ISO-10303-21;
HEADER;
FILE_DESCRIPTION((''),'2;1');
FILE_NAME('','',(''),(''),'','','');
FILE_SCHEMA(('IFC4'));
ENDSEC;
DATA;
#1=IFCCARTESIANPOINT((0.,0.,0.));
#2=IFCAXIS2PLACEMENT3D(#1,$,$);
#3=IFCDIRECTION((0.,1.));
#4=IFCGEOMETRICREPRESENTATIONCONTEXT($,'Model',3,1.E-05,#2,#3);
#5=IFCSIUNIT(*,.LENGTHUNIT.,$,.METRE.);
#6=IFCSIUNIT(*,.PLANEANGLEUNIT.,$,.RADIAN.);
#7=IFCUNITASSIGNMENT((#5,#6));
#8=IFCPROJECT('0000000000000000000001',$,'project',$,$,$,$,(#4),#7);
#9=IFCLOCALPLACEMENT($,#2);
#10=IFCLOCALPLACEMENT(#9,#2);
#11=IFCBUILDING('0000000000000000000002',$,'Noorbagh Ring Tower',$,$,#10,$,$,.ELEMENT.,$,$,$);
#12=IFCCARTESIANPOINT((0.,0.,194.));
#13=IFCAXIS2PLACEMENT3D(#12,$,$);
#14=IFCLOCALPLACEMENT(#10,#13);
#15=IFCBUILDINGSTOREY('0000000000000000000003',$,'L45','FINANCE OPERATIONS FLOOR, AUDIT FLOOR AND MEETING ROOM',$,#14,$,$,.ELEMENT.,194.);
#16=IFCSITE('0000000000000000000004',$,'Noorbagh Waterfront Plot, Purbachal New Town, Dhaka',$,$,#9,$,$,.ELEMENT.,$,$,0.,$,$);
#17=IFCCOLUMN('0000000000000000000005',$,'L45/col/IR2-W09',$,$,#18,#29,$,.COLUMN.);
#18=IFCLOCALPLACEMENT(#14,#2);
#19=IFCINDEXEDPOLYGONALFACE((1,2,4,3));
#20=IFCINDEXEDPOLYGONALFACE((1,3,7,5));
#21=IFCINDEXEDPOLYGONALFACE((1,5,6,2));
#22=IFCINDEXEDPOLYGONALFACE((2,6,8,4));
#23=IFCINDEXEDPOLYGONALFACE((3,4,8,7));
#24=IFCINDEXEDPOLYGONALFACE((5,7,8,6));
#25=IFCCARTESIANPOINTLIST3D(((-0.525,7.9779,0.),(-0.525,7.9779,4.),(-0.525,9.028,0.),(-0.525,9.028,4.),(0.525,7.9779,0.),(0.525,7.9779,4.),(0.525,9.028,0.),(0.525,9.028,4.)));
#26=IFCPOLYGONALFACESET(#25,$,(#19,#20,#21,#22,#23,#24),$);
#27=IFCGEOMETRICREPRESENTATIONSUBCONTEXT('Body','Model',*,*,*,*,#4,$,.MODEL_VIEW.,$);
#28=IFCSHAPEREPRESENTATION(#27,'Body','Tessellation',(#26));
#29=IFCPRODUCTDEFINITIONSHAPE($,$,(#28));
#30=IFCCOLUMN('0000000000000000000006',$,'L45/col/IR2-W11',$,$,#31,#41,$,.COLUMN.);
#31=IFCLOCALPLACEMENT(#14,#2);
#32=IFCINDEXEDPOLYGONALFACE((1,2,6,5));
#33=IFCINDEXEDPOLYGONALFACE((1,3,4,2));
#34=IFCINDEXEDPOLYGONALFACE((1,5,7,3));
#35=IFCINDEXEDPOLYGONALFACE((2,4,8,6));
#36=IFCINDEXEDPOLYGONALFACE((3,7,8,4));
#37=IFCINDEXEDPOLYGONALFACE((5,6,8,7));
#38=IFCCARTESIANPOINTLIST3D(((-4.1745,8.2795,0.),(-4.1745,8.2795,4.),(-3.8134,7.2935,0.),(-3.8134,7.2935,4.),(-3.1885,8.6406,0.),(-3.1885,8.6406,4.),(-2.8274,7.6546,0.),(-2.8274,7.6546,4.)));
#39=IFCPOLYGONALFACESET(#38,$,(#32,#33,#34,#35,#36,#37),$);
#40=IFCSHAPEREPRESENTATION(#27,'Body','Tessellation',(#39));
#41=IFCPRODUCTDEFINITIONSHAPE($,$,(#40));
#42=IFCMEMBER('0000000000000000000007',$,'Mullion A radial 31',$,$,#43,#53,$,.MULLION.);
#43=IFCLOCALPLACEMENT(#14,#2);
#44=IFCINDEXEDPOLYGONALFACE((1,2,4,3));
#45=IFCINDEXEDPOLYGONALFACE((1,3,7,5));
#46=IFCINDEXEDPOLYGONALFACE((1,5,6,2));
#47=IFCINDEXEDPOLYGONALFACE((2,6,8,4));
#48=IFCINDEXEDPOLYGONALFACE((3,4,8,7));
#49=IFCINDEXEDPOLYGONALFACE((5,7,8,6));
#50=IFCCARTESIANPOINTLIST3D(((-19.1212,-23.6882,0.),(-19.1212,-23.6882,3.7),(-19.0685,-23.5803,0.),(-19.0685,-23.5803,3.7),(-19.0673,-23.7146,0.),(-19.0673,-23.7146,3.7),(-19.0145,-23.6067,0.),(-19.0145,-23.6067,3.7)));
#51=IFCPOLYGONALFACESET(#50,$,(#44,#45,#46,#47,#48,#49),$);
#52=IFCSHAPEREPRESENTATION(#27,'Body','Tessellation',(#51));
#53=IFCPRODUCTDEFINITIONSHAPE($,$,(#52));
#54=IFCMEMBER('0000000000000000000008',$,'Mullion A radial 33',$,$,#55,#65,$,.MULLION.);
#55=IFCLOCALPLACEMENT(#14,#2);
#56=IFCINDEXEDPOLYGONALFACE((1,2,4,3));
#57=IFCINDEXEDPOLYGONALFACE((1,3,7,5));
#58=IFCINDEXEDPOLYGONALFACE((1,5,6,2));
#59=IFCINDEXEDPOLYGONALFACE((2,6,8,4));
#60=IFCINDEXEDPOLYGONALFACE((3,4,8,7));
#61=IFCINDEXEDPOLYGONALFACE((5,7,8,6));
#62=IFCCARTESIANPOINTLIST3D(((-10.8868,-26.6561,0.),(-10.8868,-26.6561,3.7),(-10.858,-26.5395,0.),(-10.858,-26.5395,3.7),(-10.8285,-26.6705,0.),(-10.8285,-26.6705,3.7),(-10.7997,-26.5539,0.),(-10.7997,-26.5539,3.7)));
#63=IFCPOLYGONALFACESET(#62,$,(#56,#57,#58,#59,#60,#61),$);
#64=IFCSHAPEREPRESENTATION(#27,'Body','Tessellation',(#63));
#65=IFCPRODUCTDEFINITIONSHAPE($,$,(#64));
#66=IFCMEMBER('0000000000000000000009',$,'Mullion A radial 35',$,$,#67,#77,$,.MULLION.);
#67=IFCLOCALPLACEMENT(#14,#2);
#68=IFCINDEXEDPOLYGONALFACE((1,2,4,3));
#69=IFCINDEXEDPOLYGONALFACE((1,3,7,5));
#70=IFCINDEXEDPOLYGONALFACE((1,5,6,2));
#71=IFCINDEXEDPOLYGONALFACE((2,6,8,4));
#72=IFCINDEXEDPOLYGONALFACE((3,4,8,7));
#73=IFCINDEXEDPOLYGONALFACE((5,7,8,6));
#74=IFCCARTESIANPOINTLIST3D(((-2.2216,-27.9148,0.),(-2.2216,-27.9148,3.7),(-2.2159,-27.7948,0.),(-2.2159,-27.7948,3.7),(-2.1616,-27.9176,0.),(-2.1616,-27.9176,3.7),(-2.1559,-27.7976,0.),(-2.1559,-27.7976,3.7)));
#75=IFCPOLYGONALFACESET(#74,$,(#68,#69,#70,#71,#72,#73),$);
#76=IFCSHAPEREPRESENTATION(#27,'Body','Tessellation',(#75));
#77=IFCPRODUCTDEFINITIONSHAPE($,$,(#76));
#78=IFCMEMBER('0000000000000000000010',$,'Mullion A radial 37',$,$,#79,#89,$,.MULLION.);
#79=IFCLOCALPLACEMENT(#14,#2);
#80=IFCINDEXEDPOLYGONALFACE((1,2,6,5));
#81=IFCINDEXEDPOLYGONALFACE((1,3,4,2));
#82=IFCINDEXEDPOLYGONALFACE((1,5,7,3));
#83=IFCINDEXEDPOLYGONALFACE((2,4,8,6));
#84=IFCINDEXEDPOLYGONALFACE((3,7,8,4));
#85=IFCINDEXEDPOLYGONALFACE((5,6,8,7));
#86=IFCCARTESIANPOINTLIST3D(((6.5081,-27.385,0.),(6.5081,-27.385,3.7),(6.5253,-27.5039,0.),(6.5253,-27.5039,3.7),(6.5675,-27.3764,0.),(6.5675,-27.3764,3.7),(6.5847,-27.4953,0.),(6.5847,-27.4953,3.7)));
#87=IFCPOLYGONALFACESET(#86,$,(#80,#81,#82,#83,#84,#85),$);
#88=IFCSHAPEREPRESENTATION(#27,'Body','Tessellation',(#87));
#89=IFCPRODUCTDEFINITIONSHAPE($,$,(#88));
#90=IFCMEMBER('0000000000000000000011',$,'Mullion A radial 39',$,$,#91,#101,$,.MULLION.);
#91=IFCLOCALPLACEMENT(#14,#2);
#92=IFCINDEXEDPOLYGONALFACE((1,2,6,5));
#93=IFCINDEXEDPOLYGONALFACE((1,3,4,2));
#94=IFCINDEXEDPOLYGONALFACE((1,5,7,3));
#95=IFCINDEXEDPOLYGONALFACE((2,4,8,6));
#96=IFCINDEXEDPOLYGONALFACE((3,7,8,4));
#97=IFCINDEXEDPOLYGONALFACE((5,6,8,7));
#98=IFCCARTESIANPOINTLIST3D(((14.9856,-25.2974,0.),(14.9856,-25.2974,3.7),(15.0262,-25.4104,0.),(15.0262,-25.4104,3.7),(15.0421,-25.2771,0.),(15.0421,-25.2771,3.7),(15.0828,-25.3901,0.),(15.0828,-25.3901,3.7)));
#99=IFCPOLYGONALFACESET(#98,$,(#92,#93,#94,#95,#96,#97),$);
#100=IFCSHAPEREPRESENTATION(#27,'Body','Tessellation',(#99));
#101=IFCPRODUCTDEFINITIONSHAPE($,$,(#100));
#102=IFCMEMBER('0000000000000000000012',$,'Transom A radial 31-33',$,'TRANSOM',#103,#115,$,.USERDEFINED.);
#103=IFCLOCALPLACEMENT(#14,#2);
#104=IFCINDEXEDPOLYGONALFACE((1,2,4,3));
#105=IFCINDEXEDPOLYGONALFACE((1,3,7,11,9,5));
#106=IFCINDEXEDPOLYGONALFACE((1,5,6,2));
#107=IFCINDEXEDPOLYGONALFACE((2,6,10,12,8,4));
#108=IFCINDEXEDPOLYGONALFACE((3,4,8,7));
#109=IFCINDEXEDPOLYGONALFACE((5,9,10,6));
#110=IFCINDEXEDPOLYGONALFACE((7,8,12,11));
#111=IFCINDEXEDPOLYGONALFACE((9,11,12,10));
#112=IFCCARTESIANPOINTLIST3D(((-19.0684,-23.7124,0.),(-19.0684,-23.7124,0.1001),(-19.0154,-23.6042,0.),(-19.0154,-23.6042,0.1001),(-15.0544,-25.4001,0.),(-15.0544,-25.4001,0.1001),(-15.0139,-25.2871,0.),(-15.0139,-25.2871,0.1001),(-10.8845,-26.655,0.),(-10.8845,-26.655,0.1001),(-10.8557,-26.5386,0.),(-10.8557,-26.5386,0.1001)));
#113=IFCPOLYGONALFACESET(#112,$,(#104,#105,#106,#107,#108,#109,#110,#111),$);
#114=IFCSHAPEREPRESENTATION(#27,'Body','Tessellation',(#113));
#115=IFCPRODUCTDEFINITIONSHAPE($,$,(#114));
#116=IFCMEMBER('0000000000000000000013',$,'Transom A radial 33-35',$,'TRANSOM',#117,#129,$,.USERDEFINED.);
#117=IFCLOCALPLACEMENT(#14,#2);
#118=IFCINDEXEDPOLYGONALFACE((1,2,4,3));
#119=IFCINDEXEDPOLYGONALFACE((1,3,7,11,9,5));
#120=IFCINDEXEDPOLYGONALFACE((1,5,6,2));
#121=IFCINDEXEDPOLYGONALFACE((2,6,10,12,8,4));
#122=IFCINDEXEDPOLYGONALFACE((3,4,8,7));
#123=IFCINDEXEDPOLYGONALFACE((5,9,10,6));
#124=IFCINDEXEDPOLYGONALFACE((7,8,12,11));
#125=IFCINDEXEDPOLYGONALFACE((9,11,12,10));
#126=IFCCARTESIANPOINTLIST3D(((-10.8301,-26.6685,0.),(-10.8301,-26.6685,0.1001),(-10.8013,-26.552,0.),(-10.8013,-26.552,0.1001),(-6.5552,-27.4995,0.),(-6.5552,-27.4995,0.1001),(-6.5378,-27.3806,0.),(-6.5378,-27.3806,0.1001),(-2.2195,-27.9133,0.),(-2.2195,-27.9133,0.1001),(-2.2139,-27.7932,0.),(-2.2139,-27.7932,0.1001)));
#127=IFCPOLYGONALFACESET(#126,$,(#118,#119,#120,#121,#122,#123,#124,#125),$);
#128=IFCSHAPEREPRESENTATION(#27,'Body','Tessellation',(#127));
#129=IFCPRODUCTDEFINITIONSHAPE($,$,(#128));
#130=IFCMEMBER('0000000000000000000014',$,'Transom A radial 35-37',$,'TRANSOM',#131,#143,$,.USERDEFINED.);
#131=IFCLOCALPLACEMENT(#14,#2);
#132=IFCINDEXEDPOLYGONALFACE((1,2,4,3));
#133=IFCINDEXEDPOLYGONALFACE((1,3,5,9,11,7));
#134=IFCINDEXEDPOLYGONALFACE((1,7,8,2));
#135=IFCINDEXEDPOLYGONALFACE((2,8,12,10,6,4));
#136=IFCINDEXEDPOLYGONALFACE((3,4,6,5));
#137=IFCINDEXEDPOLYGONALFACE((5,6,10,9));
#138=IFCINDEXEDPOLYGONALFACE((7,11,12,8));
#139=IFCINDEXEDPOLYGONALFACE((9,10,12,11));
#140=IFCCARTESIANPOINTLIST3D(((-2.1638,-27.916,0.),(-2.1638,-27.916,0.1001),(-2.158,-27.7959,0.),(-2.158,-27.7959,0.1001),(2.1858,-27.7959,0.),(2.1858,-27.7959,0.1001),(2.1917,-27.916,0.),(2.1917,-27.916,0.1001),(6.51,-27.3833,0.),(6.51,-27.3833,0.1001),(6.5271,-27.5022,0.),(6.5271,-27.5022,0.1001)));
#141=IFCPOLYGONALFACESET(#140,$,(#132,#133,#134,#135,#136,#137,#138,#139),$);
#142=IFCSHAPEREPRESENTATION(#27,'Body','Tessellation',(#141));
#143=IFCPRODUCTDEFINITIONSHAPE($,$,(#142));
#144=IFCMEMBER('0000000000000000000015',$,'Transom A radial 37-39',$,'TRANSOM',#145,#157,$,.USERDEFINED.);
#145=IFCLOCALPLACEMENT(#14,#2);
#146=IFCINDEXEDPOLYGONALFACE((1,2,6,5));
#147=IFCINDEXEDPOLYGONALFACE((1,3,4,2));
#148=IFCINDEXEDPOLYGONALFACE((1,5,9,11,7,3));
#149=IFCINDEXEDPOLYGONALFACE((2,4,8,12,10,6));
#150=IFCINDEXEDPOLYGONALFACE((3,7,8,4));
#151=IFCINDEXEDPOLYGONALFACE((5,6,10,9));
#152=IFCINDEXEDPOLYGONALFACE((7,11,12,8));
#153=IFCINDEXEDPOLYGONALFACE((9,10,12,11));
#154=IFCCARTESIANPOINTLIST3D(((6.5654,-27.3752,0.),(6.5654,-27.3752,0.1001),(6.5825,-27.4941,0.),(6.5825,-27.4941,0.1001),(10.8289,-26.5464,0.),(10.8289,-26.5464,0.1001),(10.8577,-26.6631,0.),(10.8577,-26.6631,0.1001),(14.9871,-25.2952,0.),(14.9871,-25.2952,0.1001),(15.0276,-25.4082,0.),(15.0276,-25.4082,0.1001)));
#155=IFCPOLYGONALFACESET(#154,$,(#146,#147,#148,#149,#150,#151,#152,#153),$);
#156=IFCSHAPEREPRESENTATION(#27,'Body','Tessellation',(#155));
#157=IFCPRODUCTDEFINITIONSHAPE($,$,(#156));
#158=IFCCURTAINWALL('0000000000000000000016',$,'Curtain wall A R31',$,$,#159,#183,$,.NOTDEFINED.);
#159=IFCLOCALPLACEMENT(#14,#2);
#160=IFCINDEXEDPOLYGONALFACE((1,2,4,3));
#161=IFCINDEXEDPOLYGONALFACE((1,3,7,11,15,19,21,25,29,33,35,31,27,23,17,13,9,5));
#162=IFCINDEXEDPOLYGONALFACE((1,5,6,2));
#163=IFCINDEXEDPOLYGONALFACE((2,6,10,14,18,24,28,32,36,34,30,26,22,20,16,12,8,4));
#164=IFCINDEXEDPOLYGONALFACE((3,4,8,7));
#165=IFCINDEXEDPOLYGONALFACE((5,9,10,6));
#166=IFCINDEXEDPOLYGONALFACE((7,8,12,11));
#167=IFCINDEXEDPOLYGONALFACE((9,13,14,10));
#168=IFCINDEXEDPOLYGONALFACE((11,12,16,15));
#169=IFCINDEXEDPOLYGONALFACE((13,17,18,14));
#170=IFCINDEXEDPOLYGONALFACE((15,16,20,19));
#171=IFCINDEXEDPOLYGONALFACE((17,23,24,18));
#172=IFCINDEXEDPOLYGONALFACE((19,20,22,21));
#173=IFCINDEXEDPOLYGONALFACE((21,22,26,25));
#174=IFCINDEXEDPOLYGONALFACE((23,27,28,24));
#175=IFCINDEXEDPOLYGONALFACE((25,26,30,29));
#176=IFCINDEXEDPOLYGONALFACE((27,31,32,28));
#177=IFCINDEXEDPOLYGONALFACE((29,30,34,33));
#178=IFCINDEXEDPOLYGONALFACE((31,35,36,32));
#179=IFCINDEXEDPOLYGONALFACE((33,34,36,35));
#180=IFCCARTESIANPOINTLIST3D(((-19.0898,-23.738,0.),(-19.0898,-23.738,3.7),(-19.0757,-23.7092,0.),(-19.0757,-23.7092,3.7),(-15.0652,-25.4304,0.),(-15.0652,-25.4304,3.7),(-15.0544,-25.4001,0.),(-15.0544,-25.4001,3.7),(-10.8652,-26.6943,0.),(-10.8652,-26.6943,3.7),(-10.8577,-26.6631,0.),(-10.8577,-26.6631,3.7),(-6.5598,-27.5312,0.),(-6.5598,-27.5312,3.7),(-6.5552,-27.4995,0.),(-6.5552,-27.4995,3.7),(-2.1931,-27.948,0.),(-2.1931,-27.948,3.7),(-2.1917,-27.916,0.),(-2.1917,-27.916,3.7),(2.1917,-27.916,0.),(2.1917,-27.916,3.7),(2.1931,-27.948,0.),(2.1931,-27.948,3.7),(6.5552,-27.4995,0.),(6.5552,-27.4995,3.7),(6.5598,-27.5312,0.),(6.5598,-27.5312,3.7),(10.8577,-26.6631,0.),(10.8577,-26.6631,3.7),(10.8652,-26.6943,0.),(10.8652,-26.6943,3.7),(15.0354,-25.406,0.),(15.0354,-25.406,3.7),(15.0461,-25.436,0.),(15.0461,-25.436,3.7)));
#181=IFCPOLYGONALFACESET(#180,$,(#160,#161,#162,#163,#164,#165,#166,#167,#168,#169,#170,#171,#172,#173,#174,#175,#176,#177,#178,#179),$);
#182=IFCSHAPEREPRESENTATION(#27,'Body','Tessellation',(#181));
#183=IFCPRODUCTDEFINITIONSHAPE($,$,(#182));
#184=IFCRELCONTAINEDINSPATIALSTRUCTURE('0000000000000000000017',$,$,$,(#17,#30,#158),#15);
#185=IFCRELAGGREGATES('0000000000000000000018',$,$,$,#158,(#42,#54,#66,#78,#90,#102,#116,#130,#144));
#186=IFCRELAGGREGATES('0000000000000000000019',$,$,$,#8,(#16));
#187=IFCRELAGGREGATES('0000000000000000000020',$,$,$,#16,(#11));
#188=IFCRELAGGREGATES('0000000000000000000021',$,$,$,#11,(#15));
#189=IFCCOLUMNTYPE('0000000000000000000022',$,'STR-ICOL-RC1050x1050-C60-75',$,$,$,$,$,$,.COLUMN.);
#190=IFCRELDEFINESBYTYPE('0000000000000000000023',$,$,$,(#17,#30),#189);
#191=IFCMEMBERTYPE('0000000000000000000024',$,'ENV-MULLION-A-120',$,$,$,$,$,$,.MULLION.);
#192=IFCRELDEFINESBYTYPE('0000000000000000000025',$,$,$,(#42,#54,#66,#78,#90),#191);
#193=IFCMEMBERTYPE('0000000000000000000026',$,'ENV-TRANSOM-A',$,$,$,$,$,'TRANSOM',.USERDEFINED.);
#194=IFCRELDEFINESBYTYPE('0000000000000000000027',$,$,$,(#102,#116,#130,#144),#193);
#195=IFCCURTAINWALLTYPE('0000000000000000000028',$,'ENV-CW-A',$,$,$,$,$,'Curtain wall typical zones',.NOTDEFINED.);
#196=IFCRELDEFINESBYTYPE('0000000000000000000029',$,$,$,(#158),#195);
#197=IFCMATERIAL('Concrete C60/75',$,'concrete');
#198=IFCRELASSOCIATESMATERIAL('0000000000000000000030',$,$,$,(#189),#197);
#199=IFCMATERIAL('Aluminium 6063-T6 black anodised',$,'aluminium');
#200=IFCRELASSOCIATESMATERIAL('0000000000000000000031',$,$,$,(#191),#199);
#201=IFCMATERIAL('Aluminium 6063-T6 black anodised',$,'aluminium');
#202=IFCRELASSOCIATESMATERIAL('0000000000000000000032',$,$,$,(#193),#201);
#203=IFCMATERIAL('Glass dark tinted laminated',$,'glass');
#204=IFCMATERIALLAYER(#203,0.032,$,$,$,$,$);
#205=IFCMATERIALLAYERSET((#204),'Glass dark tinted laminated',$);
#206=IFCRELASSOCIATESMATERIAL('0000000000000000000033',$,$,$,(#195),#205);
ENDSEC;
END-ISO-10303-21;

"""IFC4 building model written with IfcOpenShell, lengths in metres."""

from ifc_helpers import new_model, si_unit, direction, frame, origin, origin_2d, place, context, subcontext, project, spatial, polyline, rectangle, outline, extrude, material, layer, layer_set, material_profile, profile_set, type_object, element, aggregate, save


model = new_model("IFC4")

# Units and contexts
model_context = context("Model", 3, precision=1e-05, world=origin(), true_north=direction((0.0, 1.0)))
body_context = subcontext(model_context, "Body", "Model", "MODEL_VIEW")
ifc_project = project(units=[si_unit("LENGTHUNIT", "METRE"), si_unit("PLANEANGLEUNIT", "RADIAN")], contexts=[model_context])

# Site, building, storey
site_placement = place(None, origin())
site = spatial("IfcSite", under=ifc_project, at=site_placement, Name="Noorbagh Waterfront Plot, Purbachal New Town, Dhaka", CompositionType="ELEMENT", RefElevation=0.0)
building_placement = place(site_placement, origin())
building = spatial("IfcBuilding", under=site, at=building_placement, Name="Noorbagh Ring Tower", CompositionType="ELEMENT")
storey_placement = place(building_placement, frame((0.0, 0.0, 194.0)))
storey = spatial("IfcBuildingStorey", under=building, at=storey_placement, Name="L45", Description="FINANCE OPERATIONS FLOOR, AUDIT FLOOR AND MEETING ROOM", CompositionType="ELEMENT", Elevation=194.0)

# Columns
ifc_material_1 = material(Name="Concrete C60/75", Category="concrete")
ifc_material_profile_1 = material_profile(ifc_material_1, rectangle(XDim=1.05, YDim=1.05, at=origin_2d()), Name="RC1050x1050")
ifc_profile_set_1 = profile_set([ifc_material_profile_1], Name="Concrete C60/75")
column_type = type_object("IfcColumnType", Name="STR-ICOL-RC1050x1050-C60-75", PredefinedType="COLUMN", material=ifc_profile_set_1)
for number, where, z_axis, x_axis, name in (
    (1, (0.0, 8.5029, 0.0), (0.0, 0.0, 1.0), (-1.0, 0.0, 0.0), "L45/col/IR2-W09"),
    (2, (-3.501, 7.967, 0.0), (0.0, 0.0, 1.0), (-0.93902, -0.343864, 0.0), "L45/col/IR2-W11"),
):
    element("IfcColumn", number, at=place(storey_placement, frame(where, z_axis=z_axis, x_axis=x_axis)), inside=storey, type_object=column_type, Name=name, PredefinedType="COLUMN", context=body_context, shape_type="SweptSolid", body=[
        extrude(rectangle(XDim=1.05, YDim=1.05, at=origin_2d()), origin(), (0.0, 0.0, 1.0), 4.0),
    ])

# Members
ifc_material_2 = material(Name="Aluminium 6063-T6 black anodised", Category="aluminium")
ifc_material_profile_2 = material_profile(ifc_material_2, rectangle(XDim=0.1201, YDim=0.0601, at=origin_2d()), Name="120x60")
ifc_profile_set_2 = profile_set([ifc_material_profile_2], Name="Aluminium 6063-T6 black anodised")
member_type_1 = type_object("IfcMemberType", Name="ENV-MULLION-A-120", PredefinedType="MULLION", material=ifc_profile_set_2)
member_1_placement = place(storey_placement, frame((-19.0679, -23.6475, 0.0), z_axis=(0.0, 0.0, 1.0), x_axis=(0.439238, 0.898371, 0.0)))
member_1 = element("IfcMember", 3, at=member_1_placement, type_object=member_type_1, Name="Mullion A radial 31", PredefinedType="MULLION", context=body_context, shape_type="SweptSolid", body=[
    extrude(rectangle(XDim=0.1201, YDim=0.0601, at=origin_2d()), origin(), (0.0, 0.0, 1.0), 3.7),
])
member_2_placement = place(storey_placement, frame((-10.8433, -26.605, 0.0), z_axis=(0.0, 0.0, 1.0), x_axis=(0.239799, 0.970823, 0.0)))
member_2 = element("IfcMember", 4, at=member_2_placement, type_object=member_type_1, Name="Mullion A radial 33", PredefinedType="MULLION", context=body_context, shape_type="SweptSolid", body=[
    extrude(rectangle(XDim=0.1201, YDim=0.0601, at=origin_2d()), origin(), (0.0, 0.0, 1.0), 3.7),
])
member_3_placement = place(storey_placement, frame((-2.1887, -27.8562, 0.0), z_axis=(0.0, 0.0, 1.0), x_axis=(0.047558, 0.998868, 0.0)))
member_3 = element("IfcMember", 5, at=member_3_placement, type_object=member_type_1, Name="Mullion A radial 35", PredefinedType="MULLION", context=body_context, shape_type="SweptSolid", body=[
    extrude(rectangle(XDim=0.1201, YDim=0.0601, at=origin_2d()), origin(), (0.0, 0.0, 1.0), 3.7),
])
member_4_placement = place(storey_placement, frame((6.5464, -27.4402, 0.0), z_axis=(0.0, 0.0, 1.0), x_axis=(-0.143082, 0.989711, 0.0)))
member_4 = element("IfcMember", 6, at=member_4_placement, type_object=member_type_1, Name="Mullion A radial 37", PredefinedType="MULLION", context=body_context, shape_type="SweptSolid", body=[
    extrude(rectangle(XDim=0.1201, YDim=0.0601, at=origin_2d()), origin(), (0.0, 0.0, 1.0), 3.7),
])
member_5_placement = place(storey_placement, frame((15.0342, -25.3438, 0.0), z_axis=(0.0, 0.0, 1.0), x_axis=(-0.338379, 0.94101, 0.0)))
member_5 = element("IfcMember", 7, at=member_5_placement, type_object=member_type_1, Name="Mullion A radial 39", PredefinedType="MULLION", context=body_context, shape_type="SweptSolid", body=[
    extrude(rectangle(XDim=0.1201, YDim=0.0601, at=origin_2d()), origin(), (0.0, 0.0, 1.0), 3.7),
])
ifc_material_3 = material(Name="Aluminium 6063-T6 black anodised", Category="aluminium")
member_type_2 = type_object("IfcMemberType", Name="ENV-TRANSOM-A", ElementType="TRANSOM", PredefinedType="USERDEFINED", material=ifc_material_3)
member_6_placement = place(storey_placement, origin())
member_6 = element("IfcMember", 8, at=member_6_placement, type_object=member_type_2, Name="Transom A radial 31-33", ObjectType="TRANSOM", PredefinedType="USERDEFINED", context=body_context, shape_type="SweptSolid", body=[
    extrude(outline(polyline([(-19.0684, -23.7124), (-15.0544, -25.4001), (-10.8845, -26.655), (-10.8557, -26.5386), (-15.0139, -25.2871), (-19.0154, -23.6042), (-19.0684, -23.7124)])), origin(), (0.0, 0.0, 1.0), 0.1001),
])
member_7_placement = place(storey_placement, origin())
member_7 = element("IfcMember", 9, at=member_7_placement, type_object=member_type_2, Name="Transom A radial 33-35", ObjectType="TRANSOM", PredefinedType="USERDEFINED", context=body_context, shape_type="SweptSolid", body=[
    extrude(outline(polyline([(-10.8301, -26.6685), (-6.5552, -27.4995), (-2.2195, -27.9133), (-2.2139, -27.7932), (-6.5378, -27.3806), (-10.8013, -26.552), (-10.8301, -26.6685)])), origin(), (0.0, 0.0, 1.0), 0.1001),
])
member_8_placement = place(storey_placement, origin())
member_8 = element("IfcMember", 10, at=member_8_placement, type_object=member_type_2, Name="Transom A radial 35-37", ObjectType="TRANSOM", PredefinedType="USERDEFINED", context=body_context, shape_type="SweptSolid", body=[
    extrude(outline(polyline([(-2.1638, -27.916), (2.1917, -27.916), (6.5271, -27.5022), (6.51, -27.3833), (2.1858, -27.7959), (-2.158, -27.7959), (-2.1638, -27.916)])), origin(), (0.0, 0.0, 1.0), 0.1001),
])
member_9_placement = place(storey_placement, origin())
member_9 = element("IfcMember", 11, at=member_9_placement, type_object=member_type_2, Name="Transom A radial 37-39", ObjectType="TRANSOM", PredefinedType="USERDEFINED", context=body_context, shape_type="SweptSolid", body=[
    extrude(outline(polyline([(6.5825, -27.4941), (10.8577, -26.6631), (15.0276, -25.4082), (14.9871, -25.2952), (10.8289, -26.5464), (6.5654, -27.3752), (6.5825, -27.4941)])), origin(), (0.0, 0.0, 1.0), 0.1001),
])

# Curtain wall
ifc_material_4 = material(Name="Glass dark tinted laminated", Category="glass")
ifc_layer_1 = layer(ifc_material_4, 0.032)
ifc_layer_set_1 = layer_set([ifc_layer_1], Name="Glass dark tinted laminated")
curtain_wall_type_1 = type_object("IfcCurtainWallType", Name="ENV-CW-A", ElementType="Curtain wall typical zones", PredefinedType="NOTDEFINED", material=ifc_layer_set_1)
curtain_wall_1_placement = place(storey_placement, origin())
curtain_wall_1 = element("IfcCurtainWall", 12, at=curtain_wall_1_placement, inside=storey, type_object=curtain_wall_type_1, Name="Curtain wall A R31", PredefinedType="NOTDEFINED", context=body_context, shape_type="SweptSolid", body=[
    extrude(outline(polyline([(-19.0898, -23.738), (-15.0652, -25.4304), (-10.8652, -26.6943), (-6.5598, -27.5312), (-2.1931, -27.948), (2.1931, -27.948), (6.5598, -27.5312), (10.8652, -26.6943), (15.0461, -25.436), (15.0354, -25.406), (10.8577, -26.6631), (6.5552, -27.4995), (2.1917, -27.916), (-2.1917, -27.916), (-6.5552, -27.4995), (-10.8577, -26.6631), (-15.0544, -25.4001), (-19.0757, -23.7092), (-19.0898, -23.738)])), origin(), (0.0, 0.0, 1.0), 3.7),
])
aggregate(curtain_wall_1, [member_1, member_2, member_3, member_4, member_5, member_6, member_7, member_8, member_9])

save(model, "model.ifc")
